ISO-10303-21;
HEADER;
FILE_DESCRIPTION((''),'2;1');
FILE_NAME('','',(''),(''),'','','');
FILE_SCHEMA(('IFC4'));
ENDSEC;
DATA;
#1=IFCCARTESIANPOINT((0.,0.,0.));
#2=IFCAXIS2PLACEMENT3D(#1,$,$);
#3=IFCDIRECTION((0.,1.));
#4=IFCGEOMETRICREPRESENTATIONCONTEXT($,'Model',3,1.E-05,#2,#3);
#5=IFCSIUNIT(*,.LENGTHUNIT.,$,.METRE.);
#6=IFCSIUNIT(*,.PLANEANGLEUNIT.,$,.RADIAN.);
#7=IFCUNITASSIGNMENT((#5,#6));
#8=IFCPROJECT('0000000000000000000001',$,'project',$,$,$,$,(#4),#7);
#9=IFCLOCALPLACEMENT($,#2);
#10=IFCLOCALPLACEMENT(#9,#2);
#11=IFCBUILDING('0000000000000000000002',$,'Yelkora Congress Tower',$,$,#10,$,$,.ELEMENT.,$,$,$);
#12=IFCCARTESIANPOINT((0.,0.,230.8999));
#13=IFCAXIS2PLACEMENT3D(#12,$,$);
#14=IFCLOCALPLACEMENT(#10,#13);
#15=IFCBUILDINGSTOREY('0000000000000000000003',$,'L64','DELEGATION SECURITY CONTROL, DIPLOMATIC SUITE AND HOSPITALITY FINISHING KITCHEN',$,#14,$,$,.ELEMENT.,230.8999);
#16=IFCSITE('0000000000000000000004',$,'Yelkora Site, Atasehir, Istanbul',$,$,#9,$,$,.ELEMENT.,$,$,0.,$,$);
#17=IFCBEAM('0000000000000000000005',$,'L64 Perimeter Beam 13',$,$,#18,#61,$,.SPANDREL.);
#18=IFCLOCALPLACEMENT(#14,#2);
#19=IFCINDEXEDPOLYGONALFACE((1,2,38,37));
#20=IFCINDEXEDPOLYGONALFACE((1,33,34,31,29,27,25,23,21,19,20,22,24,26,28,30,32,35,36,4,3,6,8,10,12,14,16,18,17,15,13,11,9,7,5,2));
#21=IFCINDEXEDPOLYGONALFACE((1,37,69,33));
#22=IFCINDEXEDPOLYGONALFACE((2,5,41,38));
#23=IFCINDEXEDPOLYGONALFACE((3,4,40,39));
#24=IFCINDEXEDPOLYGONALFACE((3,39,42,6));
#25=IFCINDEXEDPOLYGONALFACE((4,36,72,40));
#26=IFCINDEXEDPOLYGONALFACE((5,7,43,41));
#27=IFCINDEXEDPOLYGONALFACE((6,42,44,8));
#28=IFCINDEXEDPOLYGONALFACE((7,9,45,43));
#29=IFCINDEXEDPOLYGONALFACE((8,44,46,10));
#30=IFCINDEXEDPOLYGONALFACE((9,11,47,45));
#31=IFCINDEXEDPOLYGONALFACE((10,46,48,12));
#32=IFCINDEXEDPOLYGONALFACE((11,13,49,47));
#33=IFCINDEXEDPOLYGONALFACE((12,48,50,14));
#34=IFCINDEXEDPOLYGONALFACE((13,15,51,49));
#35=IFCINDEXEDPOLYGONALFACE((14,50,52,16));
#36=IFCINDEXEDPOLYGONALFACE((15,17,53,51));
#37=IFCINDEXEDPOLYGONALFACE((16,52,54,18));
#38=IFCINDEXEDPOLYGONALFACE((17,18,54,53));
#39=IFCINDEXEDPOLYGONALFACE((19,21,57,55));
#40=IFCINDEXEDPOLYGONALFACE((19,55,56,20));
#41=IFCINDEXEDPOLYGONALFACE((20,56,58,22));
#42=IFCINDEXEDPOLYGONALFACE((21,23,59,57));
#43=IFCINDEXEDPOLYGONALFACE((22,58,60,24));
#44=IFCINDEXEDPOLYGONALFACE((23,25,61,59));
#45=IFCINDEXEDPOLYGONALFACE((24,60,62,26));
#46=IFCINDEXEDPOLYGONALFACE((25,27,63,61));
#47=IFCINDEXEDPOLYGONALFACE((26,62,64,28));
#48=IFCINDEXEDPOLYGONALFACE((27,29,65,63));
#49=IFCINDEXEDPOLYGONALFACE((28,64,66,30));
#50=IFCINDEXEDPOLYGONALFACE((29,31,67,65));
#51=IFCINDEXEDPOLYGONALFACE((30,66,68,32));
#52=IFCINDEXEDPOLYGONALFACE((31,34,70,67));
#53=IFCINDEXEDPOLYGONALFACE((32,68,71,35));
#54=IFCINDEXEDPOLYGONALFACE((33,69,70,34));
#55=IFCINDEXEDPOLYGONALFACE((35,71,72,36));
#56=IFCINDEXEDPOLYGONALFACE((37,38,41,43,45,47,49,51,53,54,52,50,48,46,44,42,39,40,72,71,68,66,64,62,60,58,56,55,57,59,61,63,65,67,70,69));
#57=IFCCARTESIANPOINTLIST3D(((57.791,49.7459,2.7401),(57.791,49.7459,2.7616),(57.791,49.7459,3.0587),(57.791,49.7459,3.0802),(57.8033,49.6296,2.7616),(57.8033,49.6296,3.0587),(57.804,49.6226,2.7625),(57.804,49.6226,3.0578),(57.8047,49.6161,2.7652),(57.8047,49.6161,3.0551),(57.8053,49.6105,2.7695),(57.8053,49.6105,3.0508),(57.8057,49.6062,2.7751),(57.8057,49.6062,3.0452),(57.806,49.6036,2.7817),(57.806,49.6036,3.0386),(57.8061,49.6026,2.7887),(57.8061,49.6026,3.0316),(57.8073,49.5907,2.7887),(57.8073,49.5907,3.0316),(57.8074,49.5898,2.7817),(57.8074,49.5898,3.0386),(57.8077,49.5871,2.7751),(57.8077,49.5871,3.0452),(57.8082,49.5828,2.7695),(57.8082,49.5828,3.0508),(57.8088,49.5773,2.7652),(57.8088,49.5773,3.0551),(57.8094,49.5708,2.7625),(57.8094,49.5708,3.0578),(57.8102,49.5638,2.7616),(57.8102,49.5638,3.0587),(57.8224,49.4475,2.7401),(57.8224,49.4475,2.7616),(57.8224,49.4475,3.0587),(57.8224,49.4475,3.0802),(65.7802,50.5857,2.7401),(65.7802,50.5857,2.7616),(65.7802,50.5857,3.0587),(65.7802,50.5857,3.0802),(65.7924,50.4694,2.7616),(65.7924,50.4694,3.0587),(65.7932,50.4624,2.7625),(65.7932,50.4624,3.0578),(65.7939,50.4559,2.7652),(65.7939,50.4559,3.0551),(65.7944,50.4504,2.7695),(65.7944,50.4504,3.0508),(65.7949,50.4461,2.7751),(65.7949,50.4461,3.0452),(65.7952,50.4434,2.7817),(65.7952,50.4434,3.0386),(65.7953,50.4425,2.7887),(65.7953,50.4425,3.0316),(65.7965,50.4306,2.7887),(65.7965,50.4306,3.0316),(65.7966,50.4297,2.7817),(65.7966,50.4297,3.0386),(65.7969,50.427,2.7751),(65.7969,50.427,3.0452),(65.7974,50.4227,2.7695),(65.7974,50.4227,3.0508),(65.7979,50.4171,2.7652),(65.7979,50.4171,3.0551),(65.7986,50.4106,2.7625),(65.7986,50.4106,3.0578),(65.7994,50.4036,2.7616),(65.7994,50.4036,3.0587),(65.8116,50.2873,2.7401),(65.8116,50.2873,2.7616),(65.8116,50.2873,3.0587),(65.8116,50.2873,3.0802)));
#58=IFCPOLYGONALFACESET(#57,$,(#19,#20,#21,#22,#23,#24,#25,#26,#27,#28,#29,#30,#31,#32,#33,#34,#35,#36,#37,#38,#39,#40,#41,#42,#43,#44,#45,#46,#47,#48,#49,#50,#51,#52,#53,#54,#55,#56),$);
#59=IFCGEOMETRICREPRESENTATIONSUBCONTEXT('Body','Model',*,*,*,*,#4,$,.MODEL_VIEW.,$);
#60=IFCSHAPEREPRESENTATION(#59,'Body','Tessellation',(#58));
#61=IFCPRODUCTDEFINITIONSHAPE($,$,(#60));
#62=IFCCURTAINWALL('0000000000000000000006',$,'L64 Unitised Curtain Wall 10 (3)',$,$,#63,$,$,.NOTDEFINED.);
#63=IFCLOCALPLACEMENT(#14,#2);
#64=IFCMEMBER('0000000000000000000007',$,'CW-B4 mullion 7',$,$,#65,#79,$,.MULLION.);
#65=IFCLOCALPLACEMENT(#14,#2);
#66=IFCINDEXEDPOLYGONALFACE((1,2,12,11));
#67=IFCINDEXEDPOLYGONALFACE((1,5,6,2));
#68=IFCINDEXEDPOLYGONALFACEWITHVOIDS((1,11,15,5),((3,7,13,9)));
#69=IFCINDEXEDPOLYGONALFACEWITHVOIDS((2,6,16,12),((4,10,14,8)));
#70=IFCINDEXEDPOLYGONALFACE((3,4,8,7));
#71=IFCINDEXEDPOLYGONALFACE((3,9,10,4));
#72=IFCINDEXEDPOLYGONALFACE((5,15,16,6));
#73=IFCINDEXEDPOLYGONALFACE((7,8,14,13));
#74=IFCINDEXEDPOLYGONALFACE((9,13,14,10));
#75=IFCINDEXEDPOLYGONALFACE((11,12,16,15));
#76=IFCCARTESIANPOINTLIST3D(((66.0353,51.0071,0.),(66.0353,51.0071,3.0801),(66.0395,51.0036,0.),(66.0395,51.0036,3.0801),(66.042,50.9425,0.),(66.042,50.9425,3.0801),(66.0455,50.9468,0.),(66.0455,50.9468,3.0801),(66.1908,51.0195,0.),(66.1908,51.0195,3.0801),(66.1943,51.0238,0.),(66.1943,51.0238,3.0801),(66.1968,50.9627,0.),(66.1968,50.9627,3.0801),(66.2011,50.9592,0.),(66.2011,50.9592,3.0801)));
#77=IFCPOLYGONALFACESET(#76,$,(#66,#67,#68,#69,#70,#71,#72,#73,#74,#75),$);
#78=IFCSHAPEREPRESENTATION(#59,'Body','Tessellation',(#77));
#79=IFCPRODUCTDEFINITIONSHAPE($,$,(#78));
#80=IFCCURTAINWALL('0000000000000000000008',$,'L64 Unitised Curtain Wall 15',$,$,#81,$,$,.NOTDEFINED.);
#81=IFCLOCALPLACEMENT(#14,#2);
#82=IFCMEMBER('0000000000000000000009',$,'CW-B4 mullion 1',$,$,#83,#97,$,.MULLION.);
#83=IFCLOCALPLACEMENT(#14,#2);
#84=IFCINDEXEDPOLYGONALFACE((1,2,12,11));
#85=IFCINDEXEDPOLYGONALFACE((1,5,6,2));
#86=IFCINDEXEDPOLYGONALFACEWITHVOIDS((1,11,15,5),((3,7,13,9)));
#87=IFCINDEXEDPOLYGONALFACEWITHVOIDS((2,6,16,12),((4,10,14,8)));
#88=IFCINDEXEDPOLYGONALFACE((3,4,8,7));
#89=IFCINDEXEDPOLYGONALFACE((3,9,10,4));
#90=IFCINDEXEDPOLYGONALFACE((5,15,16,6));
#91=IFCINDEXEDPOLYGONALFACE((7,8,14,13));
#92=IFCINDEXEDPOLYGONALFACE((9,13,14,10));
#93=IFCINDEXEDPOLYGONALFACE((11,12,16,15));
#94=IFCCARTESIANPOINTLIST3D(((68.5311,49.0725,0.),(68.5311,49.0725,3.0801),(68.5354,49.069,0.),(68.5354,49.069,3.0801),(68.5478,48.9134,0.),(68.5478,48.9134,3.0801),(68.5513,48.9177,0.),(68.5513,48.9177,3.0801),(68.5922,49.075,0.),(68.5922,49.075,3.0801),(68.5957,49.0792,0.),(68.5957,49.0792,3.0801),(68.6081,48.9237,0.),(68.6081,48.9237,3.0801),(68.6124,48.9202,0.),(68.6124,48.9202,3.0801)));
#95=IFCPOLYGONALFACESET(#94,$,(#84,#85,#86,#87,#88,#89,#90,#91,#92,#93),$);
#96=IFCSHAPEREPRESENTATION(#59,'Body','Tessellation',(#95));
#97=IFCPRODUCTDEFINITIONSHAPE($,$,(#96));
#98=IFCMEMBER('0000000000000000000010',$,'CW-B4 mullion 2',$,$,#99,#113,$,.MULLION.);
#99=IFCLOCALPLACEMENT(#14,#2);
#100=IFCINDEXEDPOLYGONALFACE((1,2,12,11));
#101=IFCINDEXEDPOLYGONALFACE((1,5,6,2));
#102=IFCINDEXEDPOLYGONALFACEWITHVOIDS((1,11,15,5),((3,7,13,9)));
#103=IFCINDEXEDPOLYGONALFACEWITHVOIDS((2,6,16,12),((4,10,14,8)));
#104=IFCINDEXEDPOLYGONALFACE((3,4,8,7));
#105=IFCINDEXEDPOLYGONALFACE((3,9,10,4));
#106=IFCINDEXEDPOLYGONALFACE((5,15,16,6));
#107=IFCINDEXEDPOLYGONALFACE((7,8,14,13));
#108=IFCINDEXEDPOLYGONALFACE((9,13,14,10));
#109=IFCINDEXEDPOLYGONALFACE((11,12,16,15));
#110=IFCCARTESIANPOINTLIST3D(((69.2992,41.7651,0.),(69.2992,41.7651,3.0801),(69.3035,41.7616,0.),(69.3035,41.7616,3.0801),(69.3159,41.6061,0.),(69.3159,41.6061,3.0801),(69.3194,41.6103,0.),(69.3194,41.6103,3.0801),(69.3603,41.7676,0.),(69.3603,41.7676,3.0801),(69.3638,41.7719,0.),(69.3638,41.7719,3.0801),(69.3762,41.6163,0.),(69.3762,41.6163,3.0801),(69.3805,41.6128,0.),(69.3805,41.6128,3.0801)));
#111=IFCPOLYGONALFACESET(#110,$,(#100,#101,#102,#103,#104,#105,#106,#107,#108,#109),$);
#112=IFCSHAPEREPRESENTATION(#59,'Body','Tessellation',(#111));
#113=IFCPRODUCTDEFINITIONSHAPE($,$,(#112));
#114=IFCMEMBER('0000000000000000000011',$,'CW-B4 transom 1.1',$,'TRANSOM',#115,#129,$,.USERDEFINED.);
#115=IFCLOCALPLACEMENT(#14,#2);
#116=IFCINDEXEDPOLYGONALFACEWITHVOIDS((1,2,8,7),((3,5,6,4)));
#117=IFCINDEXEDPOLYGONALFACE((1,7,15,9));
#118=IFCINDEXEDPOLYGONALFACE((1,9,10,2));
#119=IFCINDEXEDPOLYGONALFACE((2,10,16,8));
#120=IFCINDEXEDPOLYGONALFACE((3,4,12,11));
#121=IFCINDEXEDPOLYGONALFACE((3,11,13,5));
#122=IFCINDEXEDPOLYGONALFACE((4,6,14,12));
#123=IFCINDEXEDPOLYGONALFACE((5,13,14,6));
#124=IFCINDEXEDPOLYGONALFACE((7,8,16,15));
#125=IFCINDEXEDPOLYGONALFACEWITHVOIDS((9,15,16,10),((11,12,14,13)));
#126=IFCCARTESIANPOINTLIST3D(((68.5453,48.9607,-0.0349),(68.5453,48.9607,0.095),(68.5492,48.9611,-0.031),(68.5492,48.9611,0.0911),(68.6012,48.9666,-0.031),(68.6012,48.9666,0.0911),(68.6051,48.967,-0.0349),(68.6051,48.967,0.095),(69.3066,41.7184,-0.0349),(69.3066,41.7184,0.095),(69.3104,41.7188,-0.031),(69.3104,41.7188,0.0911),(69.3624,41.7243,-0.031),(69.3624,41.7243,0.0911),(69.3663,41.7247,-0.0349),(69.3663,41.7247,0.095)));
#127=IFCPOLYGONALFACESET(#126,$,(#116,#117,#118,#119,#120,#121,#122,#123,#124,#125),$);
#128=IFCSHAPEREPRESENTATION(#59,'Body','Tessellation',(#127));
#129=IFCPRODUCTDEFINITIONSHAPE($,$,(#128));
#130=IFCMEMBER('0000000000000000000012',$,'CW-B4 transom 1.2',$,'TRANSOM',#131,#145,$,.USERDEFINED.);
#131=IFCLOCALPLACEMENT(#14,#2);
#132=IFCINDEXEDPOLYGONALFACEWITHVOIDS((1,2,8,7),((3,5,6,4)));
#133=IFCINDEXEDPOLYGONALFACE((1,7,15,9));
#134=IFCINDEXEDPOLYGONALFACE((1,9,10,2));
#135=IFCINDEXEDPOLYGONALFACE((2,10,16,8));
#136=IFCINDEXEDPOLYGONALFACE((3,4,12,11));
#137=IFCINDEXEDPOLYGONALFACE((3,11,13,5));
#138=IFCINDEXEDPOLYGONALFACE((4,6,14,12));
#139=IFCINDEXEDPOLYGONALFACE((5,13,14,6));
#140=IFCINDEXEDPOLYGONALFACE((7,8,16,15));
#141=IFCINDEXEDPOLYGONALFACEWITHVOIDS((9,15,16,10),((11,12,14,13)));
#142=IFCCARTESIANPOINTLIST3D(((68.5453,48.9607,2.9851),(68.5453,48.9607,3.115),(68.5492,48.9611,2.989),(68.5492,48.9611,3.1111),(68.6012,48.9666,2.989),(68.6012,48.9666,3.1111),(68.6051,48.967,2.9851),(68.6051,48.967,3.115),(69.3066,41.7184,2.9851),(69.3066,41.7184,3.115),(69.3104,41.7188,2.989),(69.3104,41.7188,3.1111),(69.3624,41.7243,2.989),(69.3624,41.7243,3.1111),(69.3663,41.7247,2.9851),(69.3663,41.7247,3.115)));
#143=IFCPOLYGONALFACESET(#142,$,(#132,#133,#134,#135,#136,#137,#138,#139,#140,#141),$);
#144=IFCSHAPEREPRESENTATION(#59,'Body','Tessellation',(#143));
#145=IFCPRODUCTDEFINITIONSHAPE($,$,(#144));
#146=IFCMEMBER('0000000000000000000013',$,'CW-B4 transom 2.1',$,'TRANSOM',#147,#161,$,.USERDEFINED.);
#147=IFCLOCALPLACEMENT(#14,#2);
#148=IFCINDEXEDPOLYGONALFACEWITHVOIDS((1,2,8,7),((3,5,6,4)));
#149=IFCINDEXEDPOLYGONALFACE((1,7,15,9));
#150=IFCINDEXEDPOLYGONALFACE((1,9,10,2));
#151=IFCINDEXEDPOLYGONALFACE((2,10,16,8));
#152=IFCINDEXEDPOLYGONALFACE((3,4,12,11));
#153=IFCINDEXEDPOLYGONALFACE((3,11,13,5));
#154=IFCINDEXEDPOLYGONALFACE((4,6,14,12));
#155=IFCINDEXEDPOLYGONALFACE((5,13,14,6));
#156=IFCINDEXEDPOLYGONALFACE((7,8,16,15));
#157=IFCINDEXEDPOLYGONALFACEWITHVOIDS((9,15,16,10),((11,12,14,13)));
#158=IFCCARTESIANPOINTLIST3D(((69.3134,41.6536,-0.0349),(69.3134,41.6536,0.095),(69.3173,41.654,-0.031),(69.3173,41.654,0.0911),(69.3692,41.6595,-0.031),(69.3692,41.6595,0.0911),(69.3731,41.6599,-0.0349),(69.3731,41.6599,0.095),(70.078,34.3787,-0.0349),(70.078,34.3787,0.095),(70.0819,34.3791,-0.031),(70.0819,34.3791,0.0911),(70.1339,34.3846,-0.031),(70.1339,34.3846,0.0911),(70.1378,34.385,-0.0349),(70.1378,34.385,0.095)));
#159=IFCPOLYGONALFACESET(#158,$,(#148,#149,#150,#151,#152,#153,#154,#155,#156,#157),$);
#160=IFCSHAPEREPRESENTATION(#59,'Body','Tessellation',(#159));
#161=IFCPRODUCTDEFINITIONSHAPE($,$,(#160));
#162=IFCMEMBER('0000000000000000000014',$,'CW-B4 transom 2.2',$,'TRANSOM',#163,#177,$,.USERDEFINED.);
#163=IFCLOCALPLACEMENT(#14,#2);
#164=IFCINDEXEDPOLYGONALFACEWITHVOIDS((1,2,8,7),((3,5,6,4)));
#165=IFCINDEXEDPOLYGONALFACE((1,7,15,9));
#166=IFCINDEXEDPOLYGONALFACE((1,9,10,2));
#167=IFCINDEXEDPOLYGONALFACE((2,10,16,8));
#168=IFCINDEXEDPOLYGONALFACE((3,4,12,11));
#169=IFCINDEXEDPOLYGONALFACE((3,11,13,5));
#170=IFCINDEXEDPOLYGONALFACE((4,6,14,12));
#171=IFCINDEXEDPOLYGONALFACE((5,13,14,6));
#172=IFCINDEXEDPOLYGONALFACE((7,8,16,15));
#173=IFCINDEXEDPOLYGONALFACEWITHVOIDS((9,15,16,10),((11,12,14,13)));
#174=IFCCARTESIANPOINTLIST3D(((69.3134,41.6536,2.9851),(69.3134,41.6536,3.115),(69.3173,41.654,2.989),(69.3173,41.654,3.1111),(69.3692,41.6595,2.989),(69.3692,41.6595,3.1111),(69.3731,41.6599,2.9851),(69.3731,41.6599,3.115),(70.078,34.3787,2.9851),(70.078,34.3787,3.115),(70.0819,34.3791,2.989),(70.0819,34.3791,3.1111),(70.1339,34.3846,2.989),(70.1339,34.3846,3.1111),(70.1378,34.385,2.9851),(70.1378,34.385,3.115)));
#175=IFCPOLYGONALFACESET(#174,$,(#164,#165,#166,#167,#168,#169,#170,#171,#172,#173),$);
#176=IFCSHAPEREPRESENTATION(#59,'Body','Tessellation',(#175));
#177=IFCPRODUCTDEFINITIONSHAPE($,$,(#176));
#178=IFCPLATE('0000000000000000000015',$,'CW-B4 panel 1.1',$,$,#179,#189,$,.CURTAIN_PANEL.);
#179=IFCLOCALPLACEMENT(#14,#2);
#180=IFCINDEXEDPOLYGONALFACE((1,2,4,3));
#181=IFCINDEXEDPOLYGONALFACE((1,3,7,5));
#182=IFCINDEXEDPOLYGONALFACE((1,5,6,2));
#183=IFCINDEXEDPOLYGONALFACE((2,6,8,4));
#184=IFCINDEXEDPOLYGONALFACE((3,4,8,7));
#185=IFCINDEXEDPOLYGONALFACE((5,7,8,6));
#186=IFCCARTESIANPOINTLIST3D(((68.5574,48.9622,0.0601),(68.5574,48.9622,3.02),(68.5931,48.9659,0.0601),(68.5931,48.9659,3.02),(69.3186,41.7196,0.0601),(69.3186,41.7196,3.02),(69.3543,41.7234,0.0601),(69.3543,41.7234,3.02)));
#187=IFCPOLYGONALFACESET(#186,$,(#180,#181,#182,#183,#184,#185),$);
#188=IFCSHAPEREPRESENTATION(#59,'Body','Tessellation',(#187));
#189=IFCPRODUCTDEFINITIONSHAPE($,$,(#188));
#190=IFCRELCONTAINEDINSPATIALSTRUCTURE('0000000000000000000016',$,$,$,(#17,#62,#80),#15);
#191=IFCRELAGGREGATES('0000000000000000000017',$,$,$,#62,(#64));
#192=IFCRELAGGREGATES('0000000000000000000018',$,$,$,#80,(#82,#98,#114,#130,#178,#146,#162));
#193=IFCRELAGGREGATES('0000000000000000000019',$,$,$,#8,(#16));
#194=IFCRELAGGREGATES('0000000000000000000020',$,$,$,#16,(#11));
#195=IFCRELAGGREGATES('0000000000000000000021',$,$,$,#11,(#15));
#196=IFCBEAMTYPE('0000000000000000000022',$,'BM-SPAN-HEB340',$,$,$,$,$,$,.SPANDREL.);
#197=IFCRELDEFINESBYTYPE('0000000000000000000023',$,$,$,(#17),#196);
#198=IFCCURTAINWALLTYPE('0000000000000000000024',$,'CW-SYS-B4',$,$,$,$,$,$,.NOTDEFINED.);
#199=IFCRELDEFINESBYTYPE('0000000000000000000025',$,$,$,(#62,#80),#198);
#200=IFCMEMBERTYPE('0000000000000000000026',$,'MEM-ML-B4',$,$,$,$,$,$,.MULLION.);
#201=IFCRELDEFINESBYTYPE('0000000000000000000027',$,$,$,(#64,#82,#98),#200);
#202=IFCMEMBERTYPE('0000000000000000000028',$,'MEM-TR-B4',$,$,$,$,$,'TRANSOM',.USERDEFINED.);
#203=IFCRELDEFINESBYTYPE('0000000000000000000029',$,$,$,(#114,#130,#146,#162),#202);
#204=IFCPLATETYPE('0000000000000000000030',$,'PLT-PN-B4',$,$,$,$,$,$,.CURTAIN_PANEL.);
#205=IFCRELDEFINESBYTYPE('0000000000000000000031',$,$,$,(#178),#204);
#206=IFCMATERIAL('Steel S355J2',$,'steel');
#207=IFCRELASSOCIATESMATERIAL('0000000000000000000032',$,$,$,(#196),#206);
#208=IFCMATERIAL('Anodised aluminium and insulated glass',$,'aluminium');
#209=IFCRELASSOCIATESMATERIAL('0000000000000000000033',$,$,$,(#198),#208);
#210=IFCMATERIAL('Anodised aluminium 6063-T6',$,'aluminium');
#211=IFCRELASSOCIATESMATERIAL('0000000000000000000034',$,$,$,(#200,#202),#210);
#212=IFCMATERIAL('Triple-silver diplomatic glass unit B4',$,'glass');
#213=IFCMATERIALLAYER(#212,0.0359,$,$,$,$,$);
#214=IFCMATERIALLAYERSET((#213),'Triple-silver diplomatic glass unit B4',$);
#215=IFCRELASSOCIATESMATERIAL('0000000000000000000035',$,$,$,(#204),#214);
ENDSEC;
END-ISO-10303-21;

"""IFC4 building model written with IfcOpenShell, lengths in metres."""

from ifc_helpers import new_model, si_unit, direction, frame, origin, origin_2d, place, context, subcontext, project, spatial, rectangle, hollow_rectangle, i_section, extrude, material, layer, layer_set, material_profile, profile_set, type_object, element, aggregate, save


model = new_model("IFC4")

# Units and contexts
model_context = context("Model", 3, precision=1e-05, world=origin(), true_north=direction((0.0, 1.0)))
body_context = subcontext(model_context, "Body", "Model", "MODEL_VIEW")
ifc_project = project(units=[si_unit("LENGTHUNIT", "METRE"), si_unit("PLANEANGLEUNIT", "RADIAN")], contexts=[model_context])

# Site, building, storey
site_placement = place(None, origin())
site = spatial("IfcSite", under=ifc_project, at=site_placement, Name="Yelkora Site, Atasehir, Istanbul", CompositionType="ELEMENT", RefElevation=0.0)
building_placement = place(site_placement, origin())
building = spatial("IfcBuilding", under=site, at=building_placement, Name="Yelkora Congress Tower", CompositionType="ELEMENT")
storey_placement = place(building_placement, frame((0.0, 0.0, 230.8999)))
storey = spatial("IfcBuildingStorey", under=building, at=storey_placement, Name="L64", Description="DELEGATION SECURITY CONTROL, DIPLOMATIC SUITE AND HOSPITALITY FINISHING KITCHEN", CompositionType="ELEMENT", Elevation=230.8999)

# Shared definitions
ifc_material_1 = material(Name="Steel S355J2", Category="steel")

# Beam
ifc_material_profile_1 = material_profile(ifc_material_1, i_section(OverallWidth=0.3, OverallDepth=0.3401, WebThickness=0.012, FlangeThickness=0.0215, FilletRadius=0.0271, at=origin_2d()), Name="HEB 340")
ifc_profile_set_1 = profile_set([ifc_material_profile_1], Name="Steel S355J2")
beam_type_1 = type_object("IfcBeamType", Name="BM-SPAN-HEB340", PredefinedType="SPANDREL", material=ifc_profile_set_1)
beam_1_placement = place(storey_placement, frame((65.7959, 50.4365, 2.9102), z_axis=(-0.99452, -0.104546, 0.0), x_axis=(0.104546, -0.99452, 0.0)))
element("IfcBeam", 1, at=beam_1_placement, inside=storey, type_object=beam_type_1, Name="L64 Perimeter Beam 13", PredefinedType="SPANDREL", context=body_context, shape_type="SweptSolid", body=[
    extrude(i_section(OverallWidth=0.3, OverallDepth=0.3401, WebThickness=0.012, FlangeThickness=0.0215, FilletRadius=0.0271, at=origin_2d()), origin(), (0.0, 0.0, 1.0), 8.0332),
])

# Curtain wall, member
ifc_material_2 = material(Name="Anodised aluminium and insulated glass", Category="aluminium")
curtain_wall_type = type_object("IfcCurtainWallType", Name="CW-SYS-B4", PredefinedType="NOTDEFINED", material=ifc_material_2)
curtain_wall_1_placement = place(storey_placement, origin())
curtain_wall_1 = element("IfcCurtainWall", 2, at=curtain_wall_1_placement, inside=storey, type_object=curtain_wall_type, Name="L64 Unitised Curtain Wall 10 (3)", PredefinedType="NOTDEFINED")
ifc_material_3 = material(Name="Anodised aluminium 6063-T6", Category="aluminium")
ifc_material_profile_2 = material_profile(ifc_material_3, hollow_rectangle(XDim=0.0649, YDim=0.1599, WallThickness=0.0039, at=origin_2d()), Name="ALU 65x160x4")
ifc_profile_set_2 = profile_set([ifc_material_profile_2], Name="Anodised aluminium 6063-T6")
member_type_1 = type_object("IfcMemberType", Name="MEM-ML-B4", PredefinedType="MULLION", material=ifc_profile_set_2)
member_1_placement = place(storey_placement, frame((66.1182, 50.9832, 0.0), z_axis=(0.0, 0.0, 1.0), x_axis=(-0.104528, 0.994522, 0.0)))
member_1 = element("IfcMember", 3, at=member_1_placement, type_object=member_type_1, Name="CW-B4 mullion 7", PredefinedType="MULLION", context=body_context, shape_type="SweptSolid", body=[
    extrude(hollow_rectangle(XDim=0.0649, YDim=0.1599, WallThickness=0.0039, at=origin_2d()), origin(), (0.0, 0.0, 1.0), 3.0801),
])
aggregate(curtain_wall_1, [member_1])

# Curtain wall, members, plate
curtain_wall_2_placement = place(storey_placement, origin())
curtain_wall_2 = element("IfcCurtainWall", 4, at=curtain_wall_2_placement, inside=storey, type_object=curtain_wall_type, Name="L64 Unitised Curtain Wall 15", PredefinedType="NOTDEFINED")
member_2_placement = place(storey_placement, frame((68.5718, 48.9963, 0.0), z_axis=(0.0, 0.0, 1.0), x_axis=(0.994522, 0.104526, 0.0)))
member_2 = element("IfcMember", 5, at=member_2_placement, type_object=member_type_1, Name="CW-B4 mullion 1", PredefinedType="MULLION", context=body_context, shape_type="SweptSolid", body=[
    extrude(hollow_rectangle(XDim=0.0649, YDim=0.1599, WallThickness=0.0039, at=origin_2d()), origin(), (0.0, 0.0, 1.0), 3.0801),
])
member_3_placement = place(storey_placement, frame((69.3398, 41.689, 0.0), z_axis=(0.0, 0.0, 1.0), x_axis=(0.994522, 0.104526, 0.0)))
member_3 = element("IfcMember", 6, at=member_3_placement, type_object=member_type_1, Name="CW-B4 mullion 2", PredefinedType="MULLION", context=body_context, shape_type="SweptSolid", body=[
    extrude(hollow_rectangle(XDim=0.0649, YDim=0.1599, WallThickness=0.0039, at=origin_2d()), origin(), (0.0, 0.0, 1.0), 3.0801),
])
ifc_material_profile_3 = material_profile(ifc_material_3, hollow_rectangle(XDim=0.0601, YDim=0.1299, WallThickness=0.0039, at=origin_2d()), Name="ALU 60x130x4")
ifc_profile_set_3 = profile_set([ifc_material_profile_3], Name="Anodised aluminium 6063-T6")
member_type_2 = type_object("IfcMemberType", Name="MEM-TR-B4", ElementType="TRANSOM", PredefinedType="USERDEFINED", material=ifc_profile_set_3)
member_4_placement = place(storey_placement, frame((68.5752, 48.9639, 0.03), z_axis=(0.104531, -0.994522, 0.0), x_axis=(0.994522, 0.104531, 0.0)))
member_4 = element("IfcMember", 7, at=member_4_placement, type_object=member_type_2, Name="CW-B4 transom 1.1", ObjectType="TRANSOM", PredefinedType="USERDEFINED", context=body_context, shape_type="SweptSolid", body=[
    extrude(hollow_rectangle(XDim=0.0601, YDim=0.1299, WallThickness=0.0039, at=origin_2d()), origin(), (0.0, 0.0, 1.0), 7.2822),
])
member_5_placement = place(storey_placement, frame((68.5752, 48.9639, 3.05), z_axis=(0.104531, -0.994522, 0.0), x_axis=(0.994522, 0.104531, 0.0)))
member_5 = element("IfcMember", 8, at=member_5_placement, type_object=member_type_2, Name="CW-B4 transom 1.2", ObjectType="TRANSOM", PredefinedType="USERDEFINED", context=body_context, shape_type="SweptSolid", body=[
    extrude(hollow_rectangle(XDim=0.0601, YDim=0.1299, WallThickness=0.0039, at=origin_2d()), origin(), (0.0, 0.0, 1.0), 7.2822),
])
member_6_placement = place(storey_placement, frame((69.3433, 41.6567, 0.03), z_axis=(0.104532, -0.994522, 0.0), x_axis=(0.994522, 0.104532, 0.0)))
member_6 = element("IfcMember", 9, at=member_6_placement, type_object=member_type_2, Name="CW-B4 transom 2.1", ObjectType="TRANSOM", PredefinedType="USERDEFINED", context=body_context, shape_type="SweptSolid", body=[
    extrude(hollow_rectangle(XDim=0.0601, YDim=0.1299, WallThickness=0.0039, at=origin_2d()), origin(), (0.0, 0.0, 1.0), 7.3149),
])
member_7_placement = place(storey_placement, frame((69.3433, 41.6567, 3.05), z_axis=(0.104532, -0.994522, 0.0), x_axis=(0.994522, 0.104532, 0.0)))
member_7 = element("IfcMember", 10, at=member_7_placement, type_object=member_type_2, Name="CW-B4 transom 2.2", ObjectType="TRANSOM", PredefinedType="USERDEFINED", context=body_context, shape_type="SweptSolid", body=[
    extrude(hollow_rectangle(XDim=0.0601, YDim=0.1299, WallThickness=0.0039, at=origin_2d()), origin(), (0.0, 0.0, 1.0), 7.3149),
])
ifc_material_4 = material(Name="Triple-silver diplomatic glass unit B4", Category="glass")
ifc_layer_1 = layer(ifc_material_4, 0.0359)
ifc_layer_set_1 = layer_set([ifc_layer_1], Name="Triple-silver diplomatic glass unit B4")
plate_type = type_object("IfcPlateType", Name="PLT-PN-B4", PredefinedType="CURTAIN_PANEL", material=ifc_layer_set_1)
plate_1_placement = place(storey_placement, frame((68.9558, 45.3428, 0.0601), z_axis=(0.0, 0.0, 1.0), x_axis=(0.104526, -0.994522, 0.0)))
plate_1 = element("IfcPlate", 11, at=plate_1_placement, type_object=plate_type, Name="CW-B4 panel 1.1", PredefinedType="CURTAIN_PANEL", context=body_context, shape_type="SweptSolid", body=[
    extrude(rectangle(XDim=7.2825, YDim=0.0359, at=origin_2d()), origin(), (0.0, 0.0, 1.0), 2.96),
])
aggregate(curtain_wall_2, [member_2, member_3, member_4, member_5, plate_1, member_6, member_7])

save(model, "model.ifc")
